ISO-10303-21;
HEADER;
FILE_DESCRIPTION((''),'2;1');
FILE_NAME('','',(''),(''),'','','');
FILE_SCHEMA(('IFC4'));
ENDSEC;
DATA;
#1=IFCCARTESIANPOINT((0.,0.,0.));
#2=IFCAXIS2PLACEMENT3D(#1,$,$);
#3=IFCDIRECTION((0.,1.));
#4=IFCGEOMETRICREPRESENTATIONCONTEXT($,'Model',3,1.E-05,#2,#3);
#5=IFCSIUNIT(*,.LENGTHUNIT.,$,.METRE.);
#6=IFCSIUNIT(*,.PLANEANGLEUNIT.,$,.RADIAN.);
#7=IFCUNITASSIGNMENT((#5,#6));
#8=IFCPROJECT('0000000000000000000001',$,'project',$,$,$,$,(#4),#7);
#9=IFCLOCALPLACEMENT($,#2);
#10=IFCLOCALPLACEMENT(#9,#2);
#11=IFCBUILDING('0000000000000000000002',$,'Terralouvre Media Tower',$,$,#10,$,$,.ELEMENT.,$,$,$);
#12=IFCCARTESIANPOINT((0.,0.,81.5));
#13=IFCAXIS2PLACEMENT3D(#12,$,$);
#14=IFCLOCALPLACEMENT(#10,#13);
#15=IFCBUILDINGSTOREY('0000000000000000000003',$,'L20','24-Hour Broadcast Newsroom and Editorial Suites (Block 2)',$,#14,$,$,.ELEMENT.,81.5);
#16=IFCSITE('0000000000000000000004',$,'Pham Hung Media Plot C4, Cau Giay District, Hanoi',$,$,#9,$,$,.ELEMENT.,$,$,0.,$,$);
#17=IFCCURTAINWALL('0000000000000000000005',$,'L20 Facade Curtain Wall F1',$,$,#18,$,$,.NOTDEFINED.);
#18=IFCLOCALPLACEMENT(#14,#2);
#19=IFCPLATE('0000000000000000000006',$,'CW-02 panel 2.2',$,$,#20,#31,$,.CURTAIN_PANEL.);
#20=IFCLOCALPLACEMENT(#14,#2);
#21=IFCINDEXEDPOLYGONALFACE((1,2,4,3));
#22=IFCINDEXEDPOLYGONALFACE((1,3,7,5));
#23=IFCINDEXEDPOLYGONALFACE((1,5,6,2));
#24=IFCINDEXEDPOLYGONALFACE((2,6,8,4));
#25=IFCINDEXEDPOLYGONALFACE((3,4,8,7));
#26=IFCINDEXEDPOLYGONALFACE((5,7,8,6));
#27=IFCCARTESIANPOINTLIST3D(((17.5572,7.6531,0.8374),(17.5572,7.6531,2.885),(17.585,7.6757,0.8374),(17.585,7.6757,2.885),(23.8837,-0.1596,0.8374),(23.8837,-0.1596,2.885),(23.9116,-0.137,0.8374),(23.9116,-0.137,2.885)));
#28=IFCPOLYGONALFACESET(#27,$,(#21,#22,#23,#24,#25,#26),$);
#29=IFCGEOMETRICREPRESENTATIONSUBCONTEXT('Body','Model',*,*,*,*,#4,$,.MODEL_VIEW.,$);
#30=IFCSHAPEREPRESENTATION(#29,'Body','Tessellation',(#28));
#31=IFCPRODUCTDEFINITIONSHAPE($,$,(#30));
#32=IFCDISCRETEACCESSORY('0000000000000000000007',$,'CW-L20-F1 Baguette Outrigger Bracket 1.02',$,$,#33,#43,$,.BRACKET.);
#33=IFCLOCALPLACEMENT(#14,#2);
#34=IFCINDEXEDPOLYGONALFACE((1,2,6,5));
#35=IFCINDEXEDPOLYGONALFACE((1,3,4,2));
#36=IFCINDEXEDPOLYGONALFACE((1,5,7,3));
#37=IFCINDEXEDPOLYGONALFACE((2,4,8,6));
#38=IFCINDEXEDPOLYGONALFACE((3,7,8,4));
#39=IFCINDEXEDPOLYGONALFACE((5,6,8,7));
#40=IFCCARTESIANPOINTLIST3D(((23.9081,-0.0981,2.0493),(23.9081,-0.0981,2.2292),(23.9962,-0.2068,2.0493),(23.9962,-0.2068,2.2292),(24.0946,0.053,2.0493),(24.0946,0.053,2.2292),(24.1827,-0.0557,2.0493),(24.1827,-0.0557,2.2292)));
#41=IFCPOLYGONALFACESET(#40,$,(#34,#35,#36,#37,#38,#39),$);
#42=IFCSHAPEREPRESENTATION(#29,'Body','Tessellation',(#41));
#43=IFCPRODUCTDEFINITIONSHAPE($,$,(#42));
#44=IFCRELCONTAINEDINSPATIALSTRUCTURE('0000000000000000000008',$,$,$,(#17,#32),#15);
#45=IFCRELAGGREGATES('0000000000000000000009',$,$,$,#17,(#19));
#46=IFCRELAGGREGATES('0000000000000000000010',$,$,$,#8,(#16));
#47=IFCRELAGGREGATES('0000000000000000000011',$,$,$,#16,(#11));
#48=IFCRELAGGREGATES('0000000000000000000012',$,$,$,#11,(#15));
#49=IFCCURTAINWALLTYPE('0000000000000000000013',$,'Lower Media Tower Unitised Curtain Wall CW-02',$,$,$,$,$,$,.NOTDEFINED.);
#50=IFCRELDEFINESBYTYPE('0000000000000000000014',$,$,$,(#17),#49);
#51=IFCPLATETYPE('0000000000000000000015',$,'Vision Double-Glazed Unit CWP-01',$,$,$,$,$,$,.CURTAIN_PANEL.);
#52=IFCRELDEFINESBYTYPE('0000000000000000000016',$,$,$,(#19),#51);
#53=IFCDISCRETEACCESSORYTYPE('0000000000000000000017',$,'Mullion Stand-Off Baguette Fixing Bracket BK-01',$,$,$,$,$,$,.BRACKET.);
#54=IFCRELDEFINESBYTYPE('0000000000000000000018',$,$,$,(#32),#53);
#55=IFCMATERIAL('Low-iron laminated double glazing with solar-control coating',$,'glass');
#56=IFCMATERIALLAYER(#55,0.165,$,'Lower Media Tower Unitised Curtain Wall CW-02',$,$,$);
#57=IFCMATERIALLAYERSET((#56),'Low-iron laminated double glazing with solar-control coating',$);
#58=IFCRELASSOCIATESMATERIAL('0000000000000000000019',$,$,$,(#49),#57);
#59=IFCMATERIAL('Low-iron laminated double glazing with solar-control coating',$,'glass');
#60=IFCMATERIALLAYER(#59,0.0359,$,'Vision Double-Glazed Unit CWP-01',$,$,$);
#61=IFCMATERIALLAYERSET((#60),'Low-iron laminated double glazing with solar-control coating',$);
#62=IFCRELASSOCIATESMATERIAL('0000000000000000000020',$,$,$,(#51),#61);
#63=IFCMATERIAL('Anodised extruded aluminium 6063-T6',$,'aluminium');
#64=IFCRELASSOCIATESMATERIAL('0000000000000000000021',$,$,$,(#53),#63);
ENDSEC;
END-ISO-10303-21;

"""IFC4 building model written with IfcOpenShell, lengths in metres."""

from ifc_helpers import new_model, si_unit, direction, frame, origin, origin_2d, place, context, subcontext, project, spatial, rectangle, extrude, material, layer, layer_set, type_object, element, aggregate, save


model = new_model("IFC4")

# Units and contexts
model_context = context("Model", 3, precision=1e-05, world=origin(), true_north=direction((0.0, 1.0)))
body_context = subcontext(model_context, "Body", "Model", "MODEL_VIEW")
ifc_project = project(units=[si_unit("LENGTHUNIT", "METRE"), si_unit("PLANEANGLEUNIT", "RADIAN")], contexts=[model_context])

# Site, building, storey
site_placement = place(None, origin())
site = spatial("IfcSite", under=ifc_project, at=site_placement, Name="Pham Hung Media Plot C4, Cau Giay District, Hanoi", CompositionType="ELEMENT", RefElevation=0.0)
building_placement = place(site_placement, origin())
building = spatial("IfcBuilding", under=site, at=building_placement, Name="Terralouvre Media Tower", CompositionType="ELEMENT")
storey_placement = place(building_placement, frame((0.0, 0.0, 81.5)))
storey = spatial("IfcBuildingStorey", under=building, at=storey_placement, Name="L20", Description="24-Hour Broadcast Newsroom and Editorial Suites (Block 2)", CompositionType="ELEMENT", Elevation=81.5)

# Curtain wall
ifc_material_1 = material(Name="Low-iron laminated double glazing with solar-control coating", Category="glass")
ifc_layer_1 = layer(ifc_material_1, 0.165, Name="Lower Media Tower Unitised Curtain Wall CW-02")
ifc_layer_set_1 = layer_set([ifc_layer_1], Name="Low-iron laminated double glazing with solar-control coating")
curtain_wall_type = type_object("IfcCurtainWallType", Name="Lower Media Tower Unitised Curtain Wall CW-02", PredefinedType="NOTDEFINED", material=ifc_layer_set_1)
curtain_wall_placement = place(storey_placement, origin())
curtain_wall = element("IfcCurtainWall", 1, at=curtain_wall_placement, inside=storey, type_object=curtain_wall_type, Name="L20 Facade Curtain Wall F1", PredefinedType="NOTDEFINED")

# Plate
ifc_material_2 = material(Name="Low-iron laminated double glazing with solar-control coating", Category="glass")
ifc_layer_2 = layer(ifc_material_2, 0.0359, Name="Vision Double-Glazed Unit CWP-01")
ifc_layer_set_2 = layer_set([ifc_layer_2], Name="Low-iron laminated double glazing with solar-control coating")
plate_type = type_object("IfcPlateType", Name="Vision Double-Glazed Unit CWP-01", PredefinedType="CURTAIN_PANEL", material=ifc_layer_set_2)
plate_1_placement = place(storey_placement, frame((20.7344, 3.7581, 0.8374), z_axis=(0.0, 0.0, 1.0), x_axis=(-0.62932, 0.777146, 0.0)))
plate_1 = element("IfcPlate", 2, at=plate_1_placement, type_object=plate_type, Name="CW-02 panel 2.2", PredefinedType="CURTAIN_PANEL", context=body_context, shape_type="SweptSolid", body=[
    extrude(rectangle(XDim=10.053, YDim=0.0359, at=origin_2d()), origin(), (0.0, 0.0, 1.0), 2.0476),
])
aggregate(curtain_wall, [plate_1])

# Discrete accessory
ifc_material_3 = material(Name="Anodised extruded aluminium 6063-T6", Category="aluminium")
discrete_accessory_type = type_object("IfcDiscreteAccessoryType", Name="Mullion Stand-Off Baguette Fixing Bracket BK-01", PredefinedType="BRACKET", material=ifc_material_3)
discrete_accessory_placement = place(storey_placement, frame((24.0454, -0.0769, 2.0493), z_axis=(0.0, 0.0, 1.0), x_axis=(-0.62932, 0.777146, 0.0)))
element("IfcDiscreteAccessory", 3, at=discrete_accessory_placement, inside=storey, type_object=discrete_accessory_type, Name="CW-L20-F1 Baguette Outrigger Bracket 1.02", PredefinedType="BRACKET", context=body_context, shape_type="SweptSolid", body=[
    extrude(rectangle(XDim=0.1399, YDim=0.24, at=origin_2d()), origin(), (0.0, 0.0, 1.0), 0.1799),
])

save(model, "model.ifc")
